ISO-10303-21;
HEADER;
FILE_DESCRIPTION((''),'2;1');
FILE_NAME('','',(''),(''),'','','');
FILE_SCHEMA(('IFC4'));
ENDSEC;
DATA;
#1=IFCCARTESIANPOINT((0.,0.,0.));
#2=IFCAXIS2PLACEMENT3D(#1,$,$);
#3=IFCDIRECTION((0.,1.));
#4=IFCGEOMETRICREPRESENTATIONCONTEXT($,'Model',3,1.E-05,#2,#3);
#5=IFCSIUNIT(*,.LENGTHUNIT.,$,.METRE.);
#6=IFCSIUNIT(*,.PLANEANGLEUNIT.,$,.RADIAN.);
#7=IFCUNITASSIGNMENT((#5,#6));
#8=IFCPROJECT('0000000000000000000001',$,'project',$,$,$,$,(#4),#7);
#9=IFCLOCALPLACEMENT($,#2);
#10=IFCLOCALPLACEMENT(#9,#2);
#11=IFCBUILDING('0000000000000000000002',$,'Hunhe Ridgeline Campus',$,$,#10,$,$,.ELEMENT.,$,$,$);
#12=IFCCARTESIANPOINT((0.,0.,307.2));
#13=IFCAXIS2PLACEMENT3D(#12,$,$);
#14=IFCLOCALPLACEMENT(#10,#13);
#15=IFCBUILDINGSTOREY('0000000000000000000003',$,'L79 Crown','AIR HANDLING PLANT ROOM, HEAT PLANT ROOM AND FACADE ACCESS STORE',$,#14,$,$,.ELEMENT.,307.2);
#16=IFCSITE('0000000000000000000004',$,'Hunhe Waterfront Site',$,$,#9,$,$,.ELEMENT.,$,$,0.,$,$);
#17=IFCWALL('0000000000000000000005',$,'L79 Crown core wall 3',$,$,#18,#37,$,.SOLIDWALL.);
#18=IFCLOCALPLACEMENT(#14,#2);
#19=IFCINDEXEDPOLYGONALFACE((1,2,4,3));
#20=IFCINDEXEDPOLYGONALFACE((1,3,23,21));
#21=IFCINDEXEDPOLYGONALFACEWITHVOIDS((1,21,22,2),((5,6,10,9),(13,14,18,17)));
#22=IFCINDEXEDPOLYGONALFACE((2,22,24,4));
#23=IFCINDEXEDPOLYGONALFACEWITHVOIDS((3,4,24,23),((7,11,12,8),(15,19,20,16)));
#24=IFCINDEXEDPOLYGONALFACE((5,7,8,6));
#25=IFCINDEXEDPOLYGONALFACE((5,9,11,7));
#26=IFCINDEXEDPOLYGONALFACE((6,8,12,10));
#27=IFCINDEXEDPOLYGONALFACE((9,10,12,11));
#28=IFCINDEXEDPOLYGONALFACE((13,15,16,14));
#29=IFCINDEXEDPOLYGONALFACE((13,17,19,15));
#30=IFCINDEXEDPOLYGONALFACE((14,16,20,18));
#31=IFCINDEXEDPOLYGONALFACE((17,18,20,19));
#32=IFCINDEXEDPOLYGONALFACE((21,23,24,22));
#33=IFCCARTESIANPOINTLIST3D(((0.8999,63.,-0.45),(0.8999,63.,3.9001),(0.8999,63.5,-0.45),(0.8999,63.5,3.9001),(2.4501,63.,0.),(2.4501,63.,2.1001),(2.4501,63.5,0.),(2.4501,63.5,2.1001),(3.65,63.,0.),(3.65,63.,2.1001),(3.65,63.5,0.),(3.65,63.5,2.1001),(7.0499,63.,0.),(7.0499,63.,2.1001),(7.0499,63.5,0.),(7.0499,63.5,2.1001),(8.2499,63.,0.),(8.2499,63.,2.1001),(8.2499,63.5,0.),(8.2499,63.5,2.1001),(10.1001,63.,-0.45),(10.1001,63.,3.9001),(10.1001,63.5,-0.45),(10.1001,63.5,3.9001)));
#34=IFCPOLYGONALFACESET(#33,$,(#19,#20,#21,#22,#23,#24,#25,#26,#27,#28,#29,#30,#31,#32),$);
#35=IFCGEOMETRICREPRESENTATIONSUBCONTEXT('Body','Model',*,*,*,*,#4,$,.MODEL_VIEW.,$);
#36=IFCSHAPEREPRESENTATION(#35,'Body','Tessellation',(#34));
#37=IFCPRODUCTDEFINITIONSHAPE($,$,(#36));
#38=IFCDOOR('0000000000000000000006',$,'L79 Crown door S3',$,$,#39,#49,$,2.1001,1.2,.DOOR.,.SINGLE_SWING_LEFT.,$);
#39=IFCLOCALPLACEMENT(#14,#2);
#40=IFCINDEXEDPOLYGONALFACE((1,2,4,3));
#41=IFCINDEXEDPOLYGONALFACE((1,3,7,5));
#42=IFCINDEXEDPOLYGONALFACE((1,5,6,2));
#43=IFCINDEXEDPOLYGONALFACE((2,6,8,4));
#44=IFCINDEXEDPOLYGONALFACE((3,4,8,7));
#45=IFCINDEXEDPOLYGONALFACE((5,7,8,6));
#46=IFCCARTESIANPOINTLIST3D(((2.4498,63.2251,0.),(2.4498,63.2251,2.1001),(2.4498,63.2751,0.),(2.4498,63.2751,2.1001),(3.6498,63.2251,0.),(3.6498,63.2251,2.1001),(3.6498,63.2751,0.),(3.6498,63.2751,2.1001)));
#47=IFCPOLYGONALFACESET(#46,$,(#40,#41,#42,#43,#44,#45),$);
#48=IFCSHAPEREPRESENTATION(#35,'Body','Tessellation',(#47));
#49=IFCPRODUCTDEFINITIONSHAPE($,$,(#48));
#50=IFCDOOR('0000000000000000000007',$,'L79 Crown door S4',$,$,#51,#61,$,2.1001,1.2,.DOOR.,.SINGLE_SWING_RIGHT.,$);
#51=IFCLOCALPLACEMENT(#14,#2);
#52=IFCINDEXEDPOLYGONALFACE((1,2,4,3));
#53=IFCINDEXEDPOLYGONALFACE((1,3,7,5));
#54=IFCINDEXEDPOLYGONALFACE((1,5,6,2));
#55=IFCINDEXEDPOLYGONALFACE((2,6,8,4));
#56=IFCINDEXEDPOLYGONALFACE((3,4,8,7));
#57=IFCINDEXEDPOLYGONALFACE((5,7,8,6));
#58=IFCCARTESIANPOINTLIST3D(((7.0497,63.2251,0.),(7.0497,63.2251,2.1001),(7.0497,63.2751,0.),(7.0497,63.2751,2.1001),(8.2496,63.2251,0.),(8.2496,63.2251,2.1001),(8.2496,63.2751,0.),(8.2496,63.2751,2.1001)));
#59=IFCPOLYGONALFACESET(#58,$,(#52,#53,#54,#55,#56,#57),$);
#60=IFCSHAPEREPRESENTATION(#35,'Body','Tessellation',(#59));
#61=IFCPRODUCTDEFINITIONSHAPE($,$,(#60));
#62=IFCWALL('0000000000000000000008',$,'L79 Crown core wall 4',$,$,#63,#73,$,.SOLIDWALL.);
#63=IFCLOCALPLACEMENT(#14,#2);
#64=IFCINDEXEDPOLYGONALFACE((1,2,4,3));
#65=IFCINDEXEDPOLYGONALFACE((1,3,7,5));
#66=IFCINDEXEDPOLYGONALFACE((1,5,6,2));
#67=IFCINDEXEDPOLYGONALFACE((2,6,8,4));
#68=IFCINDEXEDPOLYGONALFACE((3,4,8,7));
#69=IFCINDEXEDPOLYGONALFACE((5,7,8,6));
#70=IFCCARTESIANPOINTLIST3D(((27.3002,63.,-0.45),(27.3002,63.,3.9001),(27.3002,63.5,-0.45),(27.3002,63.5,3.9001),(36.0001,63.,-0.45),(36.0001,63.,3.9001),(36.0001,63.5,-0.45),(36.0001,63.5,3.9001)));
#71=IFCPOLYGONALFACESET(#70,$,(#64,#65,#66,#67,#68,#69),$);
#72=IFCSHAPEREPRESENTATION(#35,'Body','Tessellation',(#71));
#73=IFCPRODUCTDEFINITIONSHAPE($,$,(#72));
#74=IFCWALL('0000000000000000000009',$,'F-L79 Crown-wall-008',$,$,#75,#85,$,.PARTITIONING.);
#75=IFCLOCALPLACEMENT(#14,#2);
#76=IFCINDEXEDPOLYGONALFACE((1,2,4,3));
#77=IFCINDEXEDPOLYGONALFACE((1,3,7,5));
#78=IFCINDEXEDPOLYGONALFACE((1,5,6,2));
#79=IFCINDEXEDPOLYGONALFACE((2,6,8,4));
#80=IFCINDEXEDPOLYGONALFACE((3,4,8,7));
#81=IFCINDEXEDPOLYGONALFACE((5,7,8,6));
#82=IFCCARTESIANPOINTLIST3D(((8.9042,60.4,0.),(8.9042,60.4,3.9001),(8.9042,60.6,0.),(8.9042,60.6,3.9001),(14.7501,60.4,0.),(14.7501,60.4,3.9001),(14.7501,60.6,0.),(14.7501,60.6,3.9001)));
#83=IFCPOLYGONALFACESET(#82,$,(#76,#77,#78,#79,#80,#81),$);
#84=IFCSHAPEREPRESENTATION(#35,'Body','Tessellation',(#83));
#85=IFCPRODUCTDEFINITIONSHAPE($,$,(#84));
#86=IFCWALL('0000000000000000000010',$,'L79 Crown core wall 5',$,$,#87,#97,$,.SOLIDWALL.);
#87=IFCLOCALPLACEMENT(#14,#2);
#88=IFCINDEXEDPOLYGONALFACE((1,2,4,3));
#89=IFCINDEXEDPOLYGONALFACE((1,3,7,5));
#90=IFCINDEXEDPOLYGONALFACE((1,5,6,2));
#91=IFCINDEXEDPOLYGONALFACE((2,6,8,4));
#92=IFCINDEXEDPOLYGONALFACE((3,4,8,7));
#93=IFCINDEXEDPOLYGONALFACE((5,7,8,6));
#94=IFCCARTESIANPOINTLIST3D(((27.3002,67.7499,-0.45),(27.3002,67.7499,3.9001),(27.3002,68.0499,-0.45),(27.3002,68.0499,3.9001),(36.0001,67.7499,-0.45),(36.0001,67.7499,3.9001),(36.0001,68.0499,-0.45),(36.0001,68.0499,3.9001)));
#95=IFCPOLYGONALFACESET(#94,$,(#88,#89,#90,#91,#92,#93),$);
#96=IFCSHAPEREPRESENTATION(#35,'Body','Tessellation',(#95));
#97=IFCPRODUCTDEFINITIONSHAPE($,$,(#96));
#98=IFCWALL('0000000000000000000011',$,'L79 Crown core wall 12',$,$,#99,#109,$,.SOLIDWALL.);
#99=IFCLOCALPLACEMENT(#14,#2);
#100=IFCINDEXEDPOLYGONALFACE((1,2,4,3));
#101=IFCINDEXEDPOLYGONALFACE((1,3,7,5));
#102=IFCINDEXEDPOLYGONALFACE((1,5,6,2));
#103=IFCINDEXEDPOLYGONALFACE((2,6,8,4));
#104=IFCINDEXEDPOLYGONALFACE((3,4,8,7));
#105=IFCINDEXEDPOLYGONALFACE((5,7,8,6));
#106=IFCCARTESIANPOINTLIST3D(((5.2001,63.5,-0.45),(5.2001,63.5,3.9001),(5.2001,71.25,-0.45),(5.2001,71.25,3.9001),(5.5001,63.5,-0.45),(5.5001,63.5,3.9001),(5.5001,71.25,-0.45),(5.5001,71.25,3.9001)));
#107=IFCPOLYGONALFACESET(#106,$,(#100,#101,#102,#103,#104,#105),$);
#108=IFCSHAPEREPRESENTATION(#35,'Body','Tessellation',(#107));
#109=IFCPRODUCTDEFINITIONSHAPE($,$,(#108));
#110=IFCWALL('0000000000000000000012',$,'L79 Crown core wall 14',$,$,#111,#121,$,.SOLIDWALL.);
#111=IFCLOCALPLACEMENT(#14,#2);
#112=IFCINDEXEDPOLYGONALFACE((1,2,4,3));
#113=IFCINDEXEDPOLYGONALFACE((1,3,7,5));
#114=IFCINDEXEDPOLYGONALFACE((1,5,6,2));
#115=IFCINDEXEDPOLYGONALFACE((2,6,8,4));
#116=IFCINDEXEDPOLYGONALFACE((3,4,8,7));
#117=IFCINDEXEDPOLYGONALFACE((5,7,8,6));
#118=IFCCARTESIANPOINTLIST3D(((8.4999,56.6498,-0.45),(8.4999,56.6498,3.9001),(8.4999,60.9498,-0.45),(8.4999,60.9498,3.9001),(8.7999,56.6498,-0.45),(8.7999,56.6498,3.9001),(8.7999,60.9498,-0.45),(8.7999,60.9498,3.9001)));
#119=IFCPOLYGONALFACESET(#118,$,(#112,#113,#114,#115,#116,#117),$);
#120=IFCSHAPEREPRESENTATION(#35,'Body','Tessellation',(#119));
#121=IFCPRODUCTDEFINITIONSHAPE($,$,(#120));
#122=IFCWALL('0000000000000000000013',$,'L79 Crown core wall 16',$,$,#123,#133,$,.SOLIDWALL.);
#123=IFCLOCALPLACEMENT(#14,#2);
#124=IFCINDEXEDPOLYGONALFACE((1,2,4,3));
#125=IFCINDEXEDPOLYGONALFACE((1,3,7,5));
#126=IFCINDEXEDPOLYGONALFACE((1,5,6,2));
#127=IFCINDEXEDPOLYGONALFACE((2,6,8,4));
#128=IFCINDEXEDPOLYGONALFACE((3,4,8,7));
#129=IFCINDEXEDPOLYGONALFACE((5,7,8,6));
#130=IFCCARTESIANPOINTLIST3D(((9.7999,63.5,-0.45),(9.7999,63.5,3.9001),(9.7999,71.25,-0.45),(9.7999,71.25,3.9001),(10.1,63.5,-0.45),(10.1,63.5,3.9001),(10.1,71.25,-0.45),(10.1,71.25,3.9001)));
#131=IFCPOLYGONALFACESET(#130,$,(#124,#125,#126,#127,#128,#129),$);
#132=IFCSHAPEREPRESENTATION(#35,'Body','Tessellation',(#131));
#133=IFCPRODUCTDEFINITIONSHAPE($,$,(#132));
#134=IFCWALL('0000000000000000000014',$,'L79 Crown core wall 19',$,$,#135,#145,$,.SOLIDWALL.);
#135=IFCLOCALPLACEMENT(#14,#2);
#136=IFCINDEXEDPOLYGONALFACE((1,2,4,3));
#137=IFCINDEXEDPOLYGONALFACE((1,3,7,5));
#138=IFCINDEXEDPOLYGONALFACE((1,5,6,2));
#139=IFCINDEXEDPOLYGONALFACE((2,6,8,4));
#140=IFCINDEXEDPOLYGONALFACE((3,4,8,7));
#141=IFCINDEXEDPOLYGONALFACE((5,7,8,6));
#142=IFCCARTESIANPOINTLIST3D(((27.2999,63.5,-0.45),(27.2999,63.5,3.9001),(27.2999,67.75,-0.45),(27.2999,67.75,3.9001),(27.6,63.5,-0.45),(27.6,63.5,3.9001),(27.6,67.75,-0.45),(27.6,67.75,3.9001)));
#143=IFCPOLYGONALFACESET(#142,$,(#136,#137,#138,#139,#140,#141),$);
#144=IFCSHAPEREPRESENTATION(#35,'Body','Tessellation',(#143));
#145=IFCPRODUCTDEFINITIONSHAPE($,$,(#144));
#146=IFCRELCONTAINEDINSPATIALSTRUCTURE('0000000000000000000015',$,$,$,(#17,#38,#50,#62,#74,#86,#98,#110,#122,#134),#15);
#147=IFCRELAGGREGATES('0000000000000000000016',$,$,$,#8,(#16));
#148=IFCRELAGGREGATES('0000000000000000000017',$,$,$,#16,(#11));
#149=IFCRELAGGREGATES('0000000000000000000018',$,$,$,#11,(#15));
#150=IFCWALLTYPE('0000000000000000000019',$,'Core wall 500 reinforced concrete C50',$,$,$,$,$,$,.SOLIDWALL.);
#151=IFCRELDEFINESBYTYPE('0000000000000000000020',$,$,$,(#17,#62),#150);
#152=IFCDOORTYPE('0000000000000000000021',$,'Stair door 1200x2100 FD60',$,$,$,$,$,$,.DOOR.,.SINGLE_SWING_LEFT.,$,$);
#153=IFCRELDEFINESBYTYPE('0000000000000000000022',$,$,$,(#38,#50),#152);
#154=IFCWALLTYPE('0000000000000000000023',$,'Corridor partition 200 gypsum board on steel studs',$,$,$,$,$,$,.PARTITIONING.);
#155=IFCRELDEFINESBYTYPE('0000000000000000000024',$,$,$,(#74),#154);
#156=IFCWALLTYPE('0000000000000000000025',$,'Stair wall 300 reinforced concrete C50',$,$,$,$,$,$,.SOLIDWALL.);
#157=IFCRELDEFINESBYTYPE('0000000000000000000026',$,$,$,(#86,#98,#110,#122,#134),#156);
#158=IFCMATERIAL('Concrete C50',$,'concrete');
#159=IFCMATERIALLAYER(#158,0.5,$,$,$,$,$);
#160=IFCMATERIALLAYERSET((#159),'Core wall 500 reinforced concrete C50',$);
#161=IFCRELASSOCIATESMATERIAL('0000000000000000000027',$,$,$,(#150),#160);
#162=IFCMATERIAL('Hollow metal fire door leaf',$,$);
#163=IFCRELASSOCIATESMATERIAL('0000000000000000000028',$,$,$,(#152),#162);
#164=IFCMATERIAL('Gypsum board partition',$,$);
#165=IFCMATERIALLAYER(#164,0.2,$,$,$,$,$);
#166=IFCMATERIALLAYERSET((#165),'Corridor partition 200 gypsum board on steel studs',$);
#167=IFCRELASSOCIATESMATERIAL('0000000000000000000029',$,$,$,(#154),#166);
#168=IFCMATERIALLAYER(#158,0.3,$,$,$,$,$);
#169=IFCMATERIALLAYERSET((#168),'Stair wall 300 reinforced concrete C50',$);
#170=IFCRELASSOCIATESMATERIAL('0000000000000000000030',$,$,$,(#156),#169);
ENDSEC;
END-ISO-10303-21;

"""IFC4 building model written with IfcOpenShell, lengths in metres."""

from ifc_helpers import new_model, si_unit, direction, frame, frame_2d, origin, place, context, subcontext, project, spatial, rectangle, extrude, material, layer, layer_set, type_object, element, fill, save


model = new_model("IFC4")

# Units and contexts
model_context = context("Model", 3, precision=1e-05, world=origin(), true_north=direction((0.0, 1.0)))
body_context = subcontext(model_context, "Body", "Model", "MODEL_VIEW")
ifc_project = project(units=[si_unit("LENGTHUNIT", "METRE"), si_unit("PLANEANGLEUNIT", "RADIAN")], contexts=[model_context])

# Site, building, storey
site_placement = place(None, origin())
site = spatial("IfcSite", under=ifc_project, at=site_placement, Name="Hunhe Waterfront Site", CompositionType="ELEMENT", RefElevation=0.0)
building_placement = place(site_placement, origin())
building = spatial("IfcBuilding", under=site, at=building_placement, Name="Hunhe Ridgeline Campus", CompositionType="ELEMENT")
storey_placement = place(building_placement, frame((0.0, 0.0, 307.2)))
storey = spatial("IfcBuildingStorey", under=building, at=storey_placement, Name="L79 Crown", Description="AIR HANDLING PLANT ROOM, HEAT PLANT ROOM AND FACADE ACCESS STORE", CompositionType="ELEMENT", Elevation=307.2)

# Wall, openings, doors
ifc_material_1 = material(Name="Concrete C50", Category="concrete")
ifc_layer_1 = layer(ifc_material_1, 0.5)
ifc_layer_set_1 = layer_set([ifc_layer_1], Name="Core wall 500 reinforced concrete C50")
wall_type_1 = type_object("IfcWallType", Name="Core wall 500 reinforced concrete C50", PredefinedType="SOLIDWALL", material=ifc_layer_set_1)
wall_1_placement = place(storey_placement, frame((0.8999, 63.25, -0.45), z_axis=(0.0, 0.0, 1.0), x_axis=(1.0, 0.0, 0.0)))
wall_1 = element("IfcWall", 1, at=wall_1_placement, inside=storey, type_object=wall_type_1, Name="L79 Crown core wall 3", PredefinedType="SOLIDWALL", context=body_context, shape_type="SweptSolid", body=[
    extrude(rectangle(XDim=9.2002, YDim=0.5, at=frame_2d((4.6001, 0.0))), origin(), (0.0, 0.0, 1.0), 4.3501),
])
opening_1_placement = place(wall_1_placement, frame((1.55, 0.0, 0.45)))
opening_1 = element("IfcOpeningElement", 2, at=opening_1_placement, cuts=wall_1, PredefinedType="OPENING", context=body_context, shape_type="SweptSolid", body=[
    extrude(rectangle(XDim=1.2, YDim=2.1001, at=frame_2d((0.6001, 1.05))), frame((0.0, 0.25, 0.0), z_axis=(0.0, -1.0, 0.0), x_axis=(1.0, 0.0, 0.0)), (0.0, 0.0, 1.0), 0.5),
])
opening_2_placement = place(wall_1_placement, frame((6.1499, 0.0, 0.45)))
opening_2 = element("IfcOpeningElement", 3, at=opening_2_placement, cuts=wall_1, PredefinedType="OPENING", context=body_context, shape_type="SweptSolid", body=[
    extrude(rectangle(XDim=1.2, YDim=2.1001, at=frame_2d((0.6001, 1.05))), frame((0.0, 0.25, 0.0), z_axis=(0.0, -1.0, 0.0), x_axis=(1.0, 0.0, 0.0)), (0.0, 0.0, 1.0), 0.5),
])
ifc_material_2 = material(Name="Hollow metal fire door leaf")
door_type_1 = type_object("IfcDoorType", Name="Stair door 1200x2100 FD60", OperationType="SINGLE_SWING_LEFT", PredefinedType="DOOR", material=ifc_material_2)
door_1_placement = place(opening_1_placement, frame((1.2, 0.0, 0.0), z_axis=(0.0, 0.0, 1.0), x_axis=(-1.0, 0.0, 0.0)))
door_1 = element("IfcDoor", 4, at=door_1_placement, inside=storey, type_object=door_type_1, Name="L79 Crown door S3", OperationType="SINGLE_SWING_LEFT", OverallHeight=2.1001, OverallWidth=1.2, PredefinedType="DOOR", context=body_context, shape_type="SweptSolid", body=[
    extrude(rectangle(XDim=1.2, YDim=2.1001, at=frame_2d((0.6001, 1.05))), frame((0.0, 0.0249, 0.0), z_axis=(0.0, -1.0, 0.0), x_axis=(1.0, 0.0, 0.0)), (0.0, 0.0, 1.0), 0.05),
])
fill(opening_1, door_1)
door_2_placement = place(opening_2_placement, frame((1.2, 0.0, 0.0), z_axis=(0.0, 0.0, 1.0), x_axis=(-1.0, 0.0, 0.0)))
door_2 = element("IfcDoor", 5, at=door_2_placement, inside=storey, type_object=door_type_1, Name="L79 Crown door S4", OperationType="SINGLE_SWING_RIGHT", OverallHeight=2.1001, OverallWidth=1.2, PredefinedType="DOOR", context=body_context, shape_type="SweptSolid", body=[
    extrude(rectangle(XDim=1.2, YDim=2.1001, at=frame_2d((0.6001, 1.05))), frame((0.0, 0.0249, 0.0), z_axis=(0.0, -1.0, 0.0), x_axis=(1.0, 0.0, 0.0)), (0.0, 0.0, 1.0), 0.05),
])
fill(opening_2, door_2)

# Walls
wall_2_placement = place(storey_placement, frame((27.3, 63.25, -0.45), z_axis=(0.0, 0.0, 1.0), x_axis=(1.0, 0.0, 0.0)))
element("IfcWall", 6, at=wall_2_placement, inside=storey, type_object=wall_type_1, Name="L79 Crown core wall 4", PredefinedType="SOLIDWALL", context=body_context, shape_type="SweptSolid", body=[
    extrude(rectangle(XDim=8.7, YDim=0.5, at=frame_2d((4.3501, 0.0))), origin(), (0.0, 0.0, 1.0), 4.3501),
])
ifc_material_3 = material(Name="Gypsum board partition")
ifc_layer_2 = layer(ifc_material_3, 0.2)
ifc_layer_set_2 = layer_set([ifc_layer_2], Name="Corridor partition 200 gypsum board on steel studs")
wall_type_2 = type_object("IfcWallType", Name="Corridor partition 200 gypsum board on steel studs", PredefinedType="PARTITIONING", material=ifc_layer_set_2)
wall_3_placement = place(storey_placement, frame((14.75, 60.5, 0.0), z_axis=(0.0, 0.0, 1.0), x_axis=(-1.0, 0.0, 0.0)))
element("IfcWall", 7, at=wall_3_placement, inside=storey, type_object=wall_type_2, Name="F-L79 Crown-wall-008", PredefinedType="PARTITIONING", context=body_context, shape_type="SweptSolid", body=[
    extrude(rectangle(XDim=5.8459, YDim=0.2, at=frame_2d((2.9229, 0.0))), origin(), (0.0, 0.0, 1.0), 3.9001),
])

# Shared definitions
ifc_layer_3 = layer(ifc_material_1, 0.3)
ifc_layer_set_3 = layer_set([ifc_layer_3], Name="Stair wall 300 reinforced concrete C50")
wall_type_3 = type_object("IfcWallType", Name="Stair wall 300 reinforced concrete C50", PredefinedType="SOLIDWALL", material=ifc_layer_set_3)

# Walls
wall_4_placement = place(storey_placement, frame((27.3, 67.8999, -0.45), z_axis=(0.0, 0.0, 1.0), x_axis=(1.0, 0.0, 0.0)))
element("IfcWall", 8, at=wall_4_placement, inside=storey, type_object=wall_type_3, Name="L79 Crown core wall 5", PredefinedType="SOLIDWALL", context=body_context, shape_type="SweptSolid", body=[
    extrude(rectangle(XDim=8.7, YDim=0.3, at=frame_2d((4.3501, 0.0))), origin(), (0.0, 0.0, 1.0), 4.3501),
])
wall_5_placement = place(storey_placement, frame((5.3501, 63.5, -0.45), z_axis=(0.0, 0.0, 1.0), x_axis=(0.0, 1.0, 0.0)))
element("IfcWall", 9, at=wall_5_placement, inside=storey, type_object=wall_type_3, Name="L79 Crown core wall 12", PredefinedType="SOLIDWALL", context=body_context, shape_type="SweptSolid", body=[
    extrude(rectangle(XDim=7.75, YDim=0.3, at=frame_2d((3.875, 0.0))), origin(), (0.0, 0.0, 1.0), 4.3501),
])
wall_6_placement = place(storey_placement, frame((8.6499, 56.6499, -0.45), z_axis=(0.0, 0.0, 1.0), x_axis=(0.0, 1.0, 0.0)))
element("IfcWall", 10, at=wall_6_placement, inside=storey, type_object=wall_type_3, Name="L79 Crown core wall 14", PredefinedType="SOLIDWALL", context=body_context, shape_type="SweptSolid", body=[
    extrude(rectangle(XDim=4.3, YDim=0.3, at=frame_2d((2.1499, 0.0))), origin(), (0.0, 0.0, 1.0), 4.3501),
])
wall_7_placement = place(storey_placement, frame((9.95, 63.5, -0.45), z_axis=(0.0, 0.0, 1.0), x_axis=(0.0, 1.0, 0.0)))
element("IfcWall", 11, at=wall_7_placement, inside=storey, type_object=wall_type_3, Name="L79 Crown core wall 16", PredefinedType="SOLIDWALL", context=body_context, shape_type="SweptSolid", body=[
    extrude(rectangle(XDim=7.75, YDim=0.3, at=frame_2d((3.875, 0.0))), origin(), (0.0, 0.0, 1.0), 4.3501),
])
wall_8_placement = place(storey_placement, frame((27.45, 63.5, -0.45), z_axis=(0.0, 0.0, 1.0), x_axis=(0.0, 1.0, 0.0)))
element("IfcWall", 12, at=wall_8_placement, inside=storey, type_object=wall_type_3, Name="L79 Crown core wall 19", PredefinedType="SOLIDWALL", context=body_context, shape_type="SweptSolid", body=[
    extrude(rectangle(XDim=4.25, YDim=0.3, at=frame_2d((2.125, 0.0))), origin(), (0.0, 0.0, 1.0), 4.3501),
])

save(model, "model.ifc")
